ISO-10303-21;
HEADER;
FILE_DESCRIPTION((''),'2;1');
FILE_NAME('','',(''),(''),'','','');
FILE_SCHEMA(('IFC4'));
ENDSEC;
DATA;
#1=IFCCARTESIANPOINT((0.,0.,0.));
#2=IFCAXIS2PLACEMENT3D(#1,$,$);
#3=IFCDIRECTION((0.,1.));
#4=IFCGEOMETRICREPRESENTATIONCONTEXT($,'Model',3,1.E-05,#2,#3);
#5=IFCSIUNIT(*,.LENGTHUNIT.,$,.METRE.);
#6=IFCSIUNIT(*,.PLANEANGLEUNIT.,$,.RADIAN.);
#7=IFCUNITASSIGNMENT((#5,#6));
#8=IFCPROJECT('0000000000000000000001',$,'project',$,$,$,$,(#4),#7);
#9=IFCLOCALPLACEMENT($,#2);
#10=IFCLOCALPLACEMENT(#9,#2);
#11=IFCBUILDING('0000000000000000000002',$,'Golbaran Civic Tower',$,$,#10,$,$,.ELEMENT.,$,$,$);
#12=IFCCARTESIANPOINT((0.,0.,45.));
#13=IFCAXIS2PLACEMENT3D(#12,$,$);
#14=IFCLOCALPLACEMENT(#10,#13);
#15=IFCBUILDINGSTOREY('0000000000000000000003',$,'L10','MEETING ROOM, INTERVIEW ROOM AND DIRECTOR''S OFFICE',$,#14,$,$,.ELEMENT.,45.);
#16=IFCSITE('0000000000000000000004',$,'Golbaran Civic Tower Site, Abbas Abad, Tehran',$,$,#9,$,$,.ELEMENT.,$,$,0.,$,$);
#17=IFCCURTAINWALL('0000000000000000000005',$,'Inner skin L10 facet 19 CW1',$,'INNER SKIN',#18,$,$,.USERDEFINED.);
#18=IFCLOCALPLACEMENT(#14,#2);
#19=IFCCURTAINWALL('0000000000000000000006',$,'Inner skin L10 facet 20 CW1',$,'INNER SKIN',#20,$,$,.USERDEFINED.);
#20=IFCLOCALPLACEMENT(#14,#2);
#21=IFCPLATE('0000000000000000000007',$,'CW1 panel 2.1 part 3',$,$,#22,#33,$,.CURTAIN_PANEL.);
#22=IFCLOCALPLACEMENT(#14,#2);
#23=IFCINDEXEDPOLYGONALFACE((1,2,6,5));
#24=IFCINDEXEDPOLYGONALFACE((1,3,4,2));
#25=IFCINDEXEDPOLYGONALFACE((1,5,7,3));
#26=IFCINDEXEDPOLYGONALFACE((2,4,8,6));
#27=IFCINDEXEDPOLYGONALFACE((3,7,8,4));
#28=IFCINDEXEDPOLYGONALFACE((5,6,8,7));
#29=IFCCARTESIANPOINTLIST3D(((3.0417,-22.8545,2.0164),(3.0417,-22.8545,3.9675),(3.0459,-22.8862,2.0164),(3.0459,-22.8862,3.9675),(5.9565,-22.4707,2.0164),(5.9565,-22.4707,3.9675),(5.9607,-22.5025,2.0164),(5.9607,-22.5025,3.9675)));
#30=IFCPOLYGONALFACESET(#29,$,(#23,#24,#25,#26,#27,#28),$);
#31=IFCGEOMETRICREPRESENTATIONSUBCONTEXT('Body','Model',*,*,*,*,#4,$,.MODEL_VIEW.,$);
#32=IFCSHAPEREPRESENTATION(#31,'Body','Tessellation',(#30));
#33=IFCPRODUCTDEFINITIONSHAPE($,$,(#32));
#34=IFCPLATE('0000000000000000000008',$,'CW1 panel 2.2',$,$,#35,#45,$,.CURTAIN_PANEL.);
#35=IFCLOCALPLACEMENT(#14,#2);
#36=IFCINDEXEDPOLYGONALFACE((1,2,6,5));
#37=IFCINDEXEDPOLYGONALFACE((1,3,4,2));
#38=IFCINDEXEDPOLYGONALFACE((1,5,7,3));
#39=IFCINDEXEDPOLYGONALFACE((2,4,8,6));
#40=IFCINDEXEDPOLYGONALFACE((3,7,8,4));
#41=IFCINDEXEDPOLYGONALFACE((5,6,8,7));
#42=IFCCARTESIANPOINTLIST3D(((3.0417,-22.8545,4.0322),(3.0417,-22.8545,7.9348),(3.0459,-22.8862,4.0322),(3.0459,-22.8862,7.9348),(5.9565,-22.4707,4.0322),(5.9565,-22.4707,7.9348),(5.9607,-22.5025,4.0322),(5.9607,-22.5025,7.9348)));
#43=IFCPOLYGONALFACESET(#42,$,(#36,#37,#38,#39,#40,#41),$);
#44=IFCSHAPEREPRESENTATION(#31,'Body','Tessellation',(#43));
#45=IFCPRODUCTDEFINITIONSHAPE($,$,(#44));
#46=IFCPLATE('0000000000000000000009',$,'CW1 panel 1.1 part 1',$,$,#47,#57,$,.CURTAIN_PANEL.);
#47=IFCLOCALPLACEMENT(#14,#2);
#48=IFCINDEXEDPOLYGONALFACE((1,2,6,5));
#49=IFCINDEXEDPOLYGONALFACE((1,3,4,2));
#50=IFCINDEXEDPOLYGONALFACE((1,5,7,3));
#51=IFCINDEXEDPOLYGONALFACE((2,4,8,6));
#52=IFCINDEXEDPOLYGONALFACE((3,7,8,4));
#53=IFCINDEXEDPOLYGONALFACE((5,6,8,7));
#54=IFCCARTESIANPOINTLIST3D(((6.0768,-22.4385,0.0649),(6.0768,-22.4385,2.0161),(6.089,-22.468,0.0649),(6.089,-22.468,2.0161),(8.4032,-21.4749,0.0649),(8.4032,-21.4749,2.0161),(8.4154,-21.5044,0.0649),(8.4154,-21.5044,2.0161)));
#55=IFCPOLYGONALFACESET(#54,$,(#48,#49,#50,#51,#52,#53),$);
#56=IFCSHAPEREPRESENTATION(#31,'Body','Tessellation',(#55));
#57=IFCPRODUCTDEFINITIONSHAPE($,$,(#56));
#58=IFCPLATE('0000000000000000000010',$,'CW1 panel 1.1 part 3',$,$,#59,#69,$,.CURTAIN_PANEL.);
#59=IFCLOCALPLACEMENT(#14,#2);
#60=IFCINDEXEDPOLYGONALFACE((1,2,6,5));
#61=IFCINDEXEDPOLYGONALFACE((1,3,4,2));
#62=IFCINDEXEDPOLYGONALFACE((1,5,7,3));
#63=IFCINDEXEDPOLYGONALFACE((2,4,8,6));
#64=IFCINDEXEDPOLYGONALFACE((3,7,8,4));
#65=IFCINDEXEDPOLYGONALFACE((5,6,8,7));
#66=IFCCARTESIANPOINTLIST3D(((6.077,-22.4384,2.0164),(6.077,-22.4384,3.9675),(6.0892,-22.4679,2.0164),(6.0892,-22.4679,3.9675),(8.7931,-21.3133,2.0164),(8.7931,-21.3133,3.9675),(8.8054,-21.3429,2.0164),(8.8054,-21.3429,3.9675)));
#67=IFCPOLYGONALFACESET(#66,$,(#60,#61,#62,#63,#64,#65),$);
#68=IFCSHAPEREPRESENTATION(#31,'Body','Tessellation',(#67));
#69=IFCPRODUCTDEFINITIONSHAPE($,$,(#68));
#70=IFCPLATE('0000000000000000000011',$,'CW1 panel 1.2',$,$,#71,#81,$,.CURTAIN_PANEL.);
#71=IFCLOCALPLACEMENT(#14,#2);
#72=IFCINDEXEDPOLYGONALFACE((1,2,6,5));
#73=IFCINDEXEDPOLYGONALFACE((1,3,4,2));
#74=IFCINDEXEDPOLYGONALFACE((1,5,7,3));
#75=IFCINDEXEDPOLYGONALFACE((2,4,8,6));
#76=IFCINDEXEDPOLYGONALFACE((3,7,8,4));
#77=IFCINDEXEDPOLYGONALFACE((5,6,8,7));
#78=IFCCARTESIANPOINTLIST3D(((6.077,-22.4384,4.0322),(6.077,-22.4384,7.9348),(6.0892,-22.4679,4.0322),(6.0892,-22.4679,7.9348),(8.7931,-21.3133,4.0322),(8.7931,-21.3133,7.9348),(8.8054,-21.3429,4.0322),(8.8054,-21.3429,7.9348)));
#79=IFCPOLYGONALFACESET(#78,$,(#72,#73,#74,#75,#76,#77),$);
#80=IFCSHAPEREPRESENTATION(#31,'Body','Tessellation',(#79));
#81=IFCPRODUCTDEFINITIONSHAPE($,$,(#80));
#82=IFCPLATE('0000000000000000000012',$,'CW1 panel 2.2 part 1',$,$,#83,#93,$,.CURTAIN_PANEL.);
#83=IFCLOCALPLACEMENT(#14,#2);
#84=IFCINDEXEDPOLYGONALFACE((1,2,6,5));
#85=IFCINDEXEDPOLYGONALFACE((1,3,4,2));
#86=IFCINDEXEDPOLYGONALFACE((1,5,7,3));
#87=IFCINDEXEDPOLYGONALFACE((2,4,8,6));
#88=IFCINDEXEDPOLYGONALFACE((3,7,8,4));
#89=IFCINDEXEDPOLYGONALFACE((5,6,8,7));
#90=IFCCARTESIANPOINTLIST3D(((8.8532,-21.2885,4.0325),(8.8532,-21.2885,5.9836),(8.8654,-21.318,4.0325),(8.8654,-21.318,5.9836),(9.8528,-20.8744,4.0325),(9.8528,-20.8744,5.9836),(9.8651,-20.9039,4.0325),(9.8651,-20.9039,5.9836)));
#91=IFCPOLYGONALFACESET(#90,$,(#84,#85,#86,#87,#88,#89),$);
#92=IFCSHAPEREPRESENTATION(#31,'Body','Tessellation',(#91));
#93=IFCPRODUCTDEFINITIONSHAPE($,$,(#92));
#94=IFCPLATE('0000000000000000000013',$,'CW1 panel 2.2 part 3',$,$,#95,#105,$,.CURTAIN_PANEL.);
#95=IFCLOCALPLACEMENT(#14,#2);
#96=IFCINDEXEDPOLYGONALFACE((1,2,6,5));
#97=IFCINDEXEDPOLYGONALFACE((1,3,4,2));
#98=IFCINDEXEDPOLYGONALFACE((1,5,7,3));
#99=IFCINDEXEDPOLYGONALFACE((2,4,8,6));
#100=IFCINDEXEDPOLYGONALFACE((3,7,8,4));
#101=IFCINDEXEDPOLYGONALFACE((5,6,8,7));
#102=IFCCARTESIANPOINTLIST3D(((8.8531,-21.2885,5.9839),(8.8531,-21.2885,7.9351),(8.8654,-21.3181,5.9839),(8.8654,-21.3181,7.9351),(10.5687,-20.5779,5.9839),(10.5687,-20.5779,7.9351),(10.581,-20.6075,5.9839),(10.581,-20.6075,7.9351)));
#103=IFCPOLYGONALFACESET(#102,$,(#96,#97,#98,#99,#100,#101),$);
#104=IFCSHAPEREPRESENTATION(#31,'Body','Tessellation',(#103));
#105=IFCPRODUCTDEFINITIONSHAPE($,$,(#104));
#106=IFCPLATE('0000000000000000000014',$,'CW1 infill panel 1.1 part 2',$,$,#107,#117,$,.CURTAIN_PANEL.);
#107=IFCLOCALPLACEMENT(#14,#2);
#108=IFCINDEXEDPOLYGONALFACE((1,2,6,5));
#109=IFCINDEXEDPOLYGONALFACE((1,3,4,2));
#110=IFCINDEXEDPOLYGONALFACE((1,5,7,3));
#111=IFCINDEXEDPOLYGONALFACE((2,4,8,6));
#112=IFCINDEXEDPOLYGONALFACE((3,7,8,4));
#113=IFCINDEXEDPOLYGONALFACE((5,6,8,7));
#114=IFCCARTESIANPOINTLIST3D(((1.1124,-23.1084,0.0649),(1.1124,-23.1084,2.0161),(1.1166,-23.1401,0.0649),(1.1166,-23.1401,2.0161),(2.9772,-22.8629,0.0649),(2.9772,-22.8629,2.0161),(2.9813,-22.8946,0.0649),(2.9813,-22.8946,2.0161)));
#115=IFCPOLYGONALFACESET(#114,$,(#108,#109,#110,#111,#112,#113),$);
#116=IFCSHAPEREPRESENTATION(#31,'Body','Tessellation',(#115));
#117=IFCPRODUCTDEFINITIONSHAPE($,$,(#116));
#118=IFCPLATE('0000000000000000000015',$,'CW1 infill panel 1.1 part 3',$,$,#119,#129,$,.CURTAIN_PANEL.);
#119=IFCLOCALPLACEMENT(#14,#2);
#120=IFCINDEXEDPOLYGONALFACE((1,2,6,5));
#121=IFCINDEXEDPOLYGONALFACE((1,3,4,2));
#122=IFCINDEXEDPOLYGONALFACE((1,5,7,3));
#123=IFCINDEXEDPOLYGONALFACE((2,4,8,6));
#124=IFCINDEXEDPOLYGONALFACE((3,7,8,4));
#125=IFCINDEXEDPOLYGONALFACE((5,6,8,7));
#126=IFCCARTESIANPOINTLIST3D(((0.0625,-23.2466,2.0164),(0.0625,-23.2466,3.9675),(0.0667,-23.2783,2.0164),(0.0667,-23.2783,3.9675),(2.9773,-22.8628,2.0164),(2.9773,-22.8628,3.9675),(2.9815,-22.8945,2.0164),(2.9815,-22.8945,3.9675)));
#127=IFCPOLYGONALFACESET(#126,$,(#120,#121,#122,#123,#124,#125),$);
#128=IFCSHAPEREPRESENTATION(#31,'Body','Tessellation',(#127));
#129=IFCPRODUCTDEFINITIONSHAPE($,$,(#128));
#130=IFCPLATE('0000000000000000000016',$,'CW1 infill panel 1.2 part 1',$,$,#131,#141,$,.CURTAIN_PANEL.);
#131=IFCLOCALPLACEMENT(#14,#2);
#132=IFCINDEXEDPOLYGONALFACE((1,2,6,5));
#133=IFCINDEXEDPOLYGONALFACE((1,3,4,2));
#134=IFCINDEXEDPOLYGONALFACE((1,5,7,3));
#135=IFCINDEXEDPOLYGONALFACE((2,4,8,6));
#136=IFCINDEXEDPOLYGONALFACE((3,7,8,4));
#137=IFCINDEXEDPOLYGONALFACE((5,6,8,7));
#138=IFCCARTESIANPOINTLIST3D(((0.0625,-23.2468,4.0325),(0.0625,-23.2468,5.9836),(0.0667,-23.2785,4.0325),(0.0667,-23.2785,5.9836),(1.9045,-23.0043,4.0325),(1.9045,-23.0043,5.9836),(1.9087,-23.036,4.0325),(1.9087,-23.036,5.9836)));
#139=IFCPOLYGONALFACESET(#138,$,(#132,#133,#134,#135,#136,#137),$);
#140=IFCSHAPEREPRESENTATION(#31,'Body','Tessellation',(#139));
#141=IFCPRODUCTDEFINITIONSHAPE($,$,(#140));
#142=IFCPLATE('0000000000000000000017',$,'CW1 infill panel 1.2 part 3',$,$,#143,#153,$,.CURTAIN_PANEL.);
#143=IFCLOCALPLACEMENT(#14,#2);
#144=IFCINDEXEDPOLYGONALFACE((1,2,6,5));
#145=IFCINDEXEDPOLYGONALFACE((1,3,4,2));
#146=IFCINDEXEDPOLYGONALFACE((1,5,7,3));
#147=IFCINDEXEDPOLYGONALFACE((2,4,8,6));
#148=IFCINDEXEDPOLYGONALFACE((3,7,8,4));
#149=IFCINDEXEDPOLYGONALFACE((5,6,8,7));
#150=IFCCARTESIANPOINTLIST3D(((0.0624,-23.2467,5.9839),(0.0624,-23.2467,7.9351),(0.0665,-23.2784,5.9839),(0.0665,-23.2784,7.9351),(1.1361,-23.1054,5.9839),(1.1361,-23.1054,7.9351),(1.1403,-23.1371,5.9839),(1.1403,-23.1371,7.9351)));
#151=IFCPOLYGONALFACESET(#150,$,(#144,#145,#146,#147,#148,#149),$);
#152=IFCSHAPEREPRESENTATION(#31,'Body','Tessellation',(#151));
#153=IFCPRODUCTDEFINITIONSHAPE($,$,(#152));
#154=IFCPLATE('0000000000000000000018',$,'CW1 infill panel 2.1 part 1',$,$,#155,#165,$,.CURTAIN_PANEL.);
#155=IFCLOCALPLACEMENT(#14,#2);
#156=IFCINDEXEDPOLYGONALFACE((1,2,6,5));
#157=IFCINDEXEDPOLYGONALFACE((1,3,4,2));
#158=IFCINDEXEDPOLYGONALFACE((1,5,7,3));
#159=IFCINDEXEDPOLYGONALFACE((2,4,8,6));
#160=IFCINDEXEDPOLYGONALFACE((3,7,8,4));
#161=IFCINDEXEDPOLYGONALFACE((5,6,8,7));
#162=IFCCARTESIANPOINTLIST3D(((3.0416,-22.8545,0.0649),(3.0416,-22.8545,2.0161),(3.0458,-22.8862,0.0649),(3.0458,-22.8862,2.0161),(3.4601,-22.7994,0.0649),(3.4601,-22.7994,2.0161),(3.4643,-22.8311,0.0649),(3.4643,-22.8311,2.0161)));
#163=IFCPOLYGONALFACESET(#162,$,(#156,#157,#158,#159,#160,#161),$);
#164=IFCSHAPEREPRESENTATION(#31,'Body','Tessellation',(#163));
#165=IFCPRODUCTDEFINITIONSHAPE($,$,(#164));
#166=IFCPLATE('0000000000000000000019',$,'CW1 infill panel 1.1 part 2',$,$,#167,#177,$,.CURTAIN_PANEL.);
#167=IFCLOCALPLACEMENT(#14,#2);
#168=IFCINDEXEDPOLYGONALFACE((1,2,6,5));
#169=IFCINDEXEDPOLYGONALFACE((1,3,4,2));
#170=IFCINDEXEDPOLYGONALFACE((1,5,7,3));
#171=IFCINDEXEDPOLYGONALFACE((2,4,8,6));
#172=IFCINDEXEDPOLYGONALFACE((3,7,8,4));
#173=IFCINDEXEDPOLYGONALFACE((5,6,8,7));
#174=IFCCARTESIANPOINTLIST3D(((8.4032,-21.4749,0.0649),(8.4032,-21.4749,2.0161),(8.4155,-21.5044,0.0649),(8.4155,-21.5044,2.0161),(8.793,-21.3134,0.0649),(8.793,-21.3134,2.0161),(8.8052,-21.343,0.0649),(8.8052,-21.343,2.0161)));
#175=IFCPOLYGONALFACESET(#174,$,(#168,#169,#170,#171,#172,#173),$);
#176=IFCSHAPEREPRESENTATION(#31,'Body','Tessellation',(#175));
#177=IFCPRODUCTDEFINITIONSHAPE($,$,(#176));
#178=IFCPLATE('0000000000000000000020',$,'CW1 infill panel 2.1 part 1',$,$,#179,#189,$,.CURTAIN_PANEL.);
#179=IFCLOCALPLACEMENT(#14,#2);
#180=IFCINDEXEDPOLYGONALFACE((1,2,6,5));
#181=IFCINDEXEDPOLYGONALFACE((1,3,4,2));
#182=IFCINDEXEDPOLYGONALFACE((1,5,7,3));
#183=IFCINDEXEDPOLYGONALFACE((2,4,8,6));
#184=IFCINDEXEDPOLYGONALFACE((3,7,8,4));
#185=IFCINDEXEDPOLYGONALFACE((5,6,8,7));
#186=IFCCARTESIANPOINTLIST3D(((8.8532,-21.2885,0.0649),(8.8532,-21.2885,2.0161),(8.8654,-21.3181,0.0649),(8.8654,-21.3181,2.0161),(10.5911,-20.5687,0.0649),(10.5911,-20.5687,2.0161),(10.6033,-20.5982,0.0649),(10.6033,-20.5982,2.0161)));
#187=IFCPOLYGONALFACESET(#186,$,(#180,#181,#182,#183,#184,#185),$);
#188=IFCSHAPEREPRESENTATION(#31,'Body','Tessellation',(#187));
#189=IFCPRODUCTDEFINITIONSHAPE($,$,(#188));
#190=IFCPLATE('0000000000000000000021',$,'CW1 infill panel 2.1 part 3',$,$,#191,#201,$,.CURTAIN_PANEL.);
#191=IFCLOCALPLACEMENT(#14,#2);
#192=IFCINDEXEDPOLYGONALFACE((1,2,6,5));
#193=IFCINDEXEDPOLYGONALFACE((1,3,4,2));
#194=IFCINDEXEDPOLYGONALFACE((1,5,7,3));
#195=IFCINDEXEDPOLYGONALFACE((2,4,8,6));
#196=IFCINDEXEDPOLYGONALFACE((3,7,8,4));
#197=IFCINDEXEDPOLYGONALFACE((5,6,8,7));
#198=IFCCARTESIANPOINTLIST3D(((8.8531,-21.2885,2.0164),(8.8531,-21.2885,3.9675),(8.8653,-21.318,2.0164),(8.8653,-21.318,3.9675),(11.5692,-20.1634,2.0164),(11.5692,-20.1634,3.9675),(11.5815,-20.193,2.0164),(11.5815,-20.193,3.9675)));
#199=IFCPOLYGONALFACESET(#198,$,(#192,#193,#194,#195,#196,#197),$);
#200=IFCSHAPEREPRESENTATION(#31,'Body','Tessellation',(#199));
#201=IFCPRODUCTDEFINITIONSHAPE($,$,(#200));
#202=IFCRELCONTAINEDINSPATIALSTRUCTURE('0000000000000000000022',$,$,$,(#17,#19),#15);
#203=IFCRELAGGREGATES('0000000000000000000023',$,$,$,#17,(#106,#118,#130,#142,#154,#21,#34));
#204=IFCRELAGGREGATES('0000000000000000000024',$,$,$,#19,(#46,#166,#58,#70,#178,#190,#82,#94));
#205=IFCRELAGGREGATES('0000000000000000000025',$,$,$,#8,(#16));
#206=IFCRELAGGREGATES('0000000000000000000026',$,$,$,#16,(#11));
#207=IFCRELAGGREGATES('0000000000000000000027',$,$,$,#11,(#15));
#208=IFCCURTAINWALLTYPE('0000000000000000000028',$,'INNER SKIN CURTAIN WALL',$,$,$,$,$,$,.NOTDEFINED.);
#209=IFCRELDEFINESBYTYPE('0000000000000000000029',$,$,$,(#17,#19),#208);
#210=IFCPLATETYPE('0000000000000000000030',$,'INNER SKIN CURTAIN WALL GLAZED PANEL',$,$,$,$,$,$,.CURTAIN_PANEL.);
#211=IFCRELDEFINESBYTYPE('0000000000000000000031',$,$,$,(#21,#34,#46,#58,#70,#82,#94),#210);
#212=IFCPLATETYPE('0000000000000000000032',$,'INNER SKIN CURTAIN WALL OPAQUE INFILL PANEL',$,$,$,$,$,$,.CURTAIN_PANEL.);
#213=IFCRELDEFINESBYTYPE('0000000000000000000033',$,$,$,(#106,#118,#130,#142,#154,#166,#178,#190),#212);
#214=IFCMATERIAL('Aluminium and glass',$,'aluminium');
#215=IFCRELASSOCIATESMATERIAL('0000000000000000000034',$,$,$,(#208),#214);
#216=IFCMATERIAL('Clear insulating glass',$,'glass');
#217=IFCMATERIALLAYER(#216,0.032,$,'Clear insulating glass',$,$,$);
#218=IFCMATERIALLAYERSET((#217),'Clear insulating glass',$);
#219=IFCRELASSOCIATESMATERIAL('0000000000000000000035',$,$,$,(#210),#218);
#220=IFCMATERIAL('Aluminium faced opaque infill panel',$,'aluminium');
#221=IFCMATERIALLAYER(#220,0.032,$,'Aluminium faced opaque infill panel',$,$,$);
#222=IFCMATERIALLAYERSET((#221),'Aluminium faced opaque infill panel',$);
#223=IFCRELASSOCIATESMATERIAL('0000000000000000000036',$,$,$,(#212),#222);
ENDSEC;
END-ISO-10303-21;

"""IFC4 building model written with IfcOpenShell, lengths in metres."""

from ifc_helpers import new_model, si_unit, direction, frame, origin, origin_2d, place, context, subcontext, project, spatial, rectangle, extrude, material, layer, layer_set, type_object, element, aggregate, save


model = new_model("IFC4")

# Units and contexts
model_context = context("Model", 3, precision=1e-05, world=origin(), true_north=direction((0.0, 1.0)))
body_context = subcontext(model_context, "Body", "Model", "MODEL_VIEW")
ifc_project = project(units=[si_unit("LENGTHUNIT", "METRE"), si_unit("PLANEANGLEUNIT", "RADIAN")], contexts=[model_context])

# Site, building, storey
site_placement = place(None, origin())
site = spatial("IfcSite", under=ifc_project, at=site_placement, Name="Golbaran Civic Tower Site, Abbas Abad, Tehran", CompositionType="ELEMENT", RefElevation=0.0)
building_placement = place(site_placement, origin())
building = spatial("IfcBuilding", under=site, at=building_placement, Name="Golbaran Civic Tower", CompositionType="ELEMENT")
storey_placement = place(building_placement, frame((0.0, 0.0, 45.0)))
storey = spatial("IfcBuildingStorey", under=building, at=storey_placement, Name="L10", Description="MEETING ROOM, INTERVIEW ROOM AND DIRECTOR'S OFFICE", CompositionType="ELEMENT", Elevation=45.0)

# Curtain walls
ifc_material_1 = material(Name="Aluminium and glass", Category="aluminium")
curtain_wall_type = type_object("IfcCurtainWallType", Name="INNER SKIN CURTAIN WALL", PredefinedType="NOTDEFINED", material=ifc_material_1)
curtain_wall_1_placement = place(storey_placement, origin())
curtain_wall_1 = element("IfcCurtainWall", 1, at=curtain_wall_1_placement, inside=storey, type_object=curtain_wall_type, Name="Inner skin L10 facet 19 CW1", ObjectType="INNER SKIN", PredefinedType="USERDEFINED")
curtain_wall_2_placement = place(storey_placement, origin())
curtain_wall_2 = element("IfcCurtainWall", 2, at=curtain_wall_2_placement, inside=storey, type_object=curtain_wall_type, Name="Inner skin L10 facet 20 CW1", ObjectType="INNER SKIN", PredefinedType="USERDEFINED")

# Plates
ifc_material_2 = material(Name="Clear insulating glass", Category="glass")
ifc_layer_1 = layer(ifc_material_2, 0.032, Name="Clear insulating glass")
ifc_layer_set_1 = layer_set([ifc_layer_1], Name="Clear insulating glass")
plate_type_1 = type_object("IfcPlateType", Name="INNER SKIN CURTAIN WALL GLAZED PANEL", PredefinedType="CURTAIN_PANEL", material=ifc_layer_set_1)
plate_1_placement = place(storey_placement, frame((4.5012, -22.6785, 2.0164), z_axis=(0.0, 0.0, 1.0), x_axis=(0.991445, 0.130526, 0.0)))
plate_1 = element("IfcPlate", 3, at=plate_1_placement, type_object=plate_type_1, Name="CW1 panel 2.1 part 3", PredefinedType="CURTAIN_PANEL", context=body_context, shape_type="SweptSolid", body=[
    extrude(rectangle(XDim=2.9399, YDim=0.032, at=origin_2d()), origin(), (0.0, 0.0, 1.0), 1.9512),
])
plate_2_placement = place(storey_placement, frame((4.5012, -22.6785, 4.0322), z_axis=(0.0, 0.0, 1.0), x_axis=(0.991445, 0.130526, 0.0)))
plate_2 = element("IfcPlate", 4, at=plate_2_placement, type_object=plate_type_1, Name="CW1 panel 2.2", PredefinedType="CURTAIN_PANEL", context=body_context, shape_type="SweptSolid", body=[
    extrude(rectangle(XDim=2.9399, YDim=0.032, at=origin_2d()), origin(), (0.0, 0.0, 1.0), 3.9026),
])
plate_3_placement = place(storey_placement, frame((7.2461, -21.9714, 0.0649), z_axis=(0.0, 0.0, 1.0), x_axis=(0.92388, 0.382683, 0.0)))
plate_3 = element("IfcPlate", 5, at=plate_3_placement, type_object=plate_type_1, Name="CW1 panel 1.1 part 1", PredefinedType="CURTAIN_PANEL", context=body_context, shape_type="SweptSolid", body=[
    extrude(rectangle(XDim=2.5181, YDim=0.032, at=origin_2d()), origin(), (0.0, 0.0, 1.0), 1.9512),
])
plate_4_placement = place(storey_placement, frame((7.4412, -21.8906, 2.0164), z_axis=(0.0, 0.0, 1.0), x_axis=(0.92388, 0.382683, 0.0)))
plate_4 = element("IfcPlate", 6, at=plate_4_placement, type_object=plate_type_1, Name="CW1 panel 1.1 part 3", PredefinedType="CURTAIN_PANEL", context=body_context, shape_type="SweptSolid", body=[
    extrude(rectangle(XDim=2.9399, YDim=0.032, at=origin_2d()), origin(), (0.0, 0.0, 1.0), 1.9512),
])
plate_5_placement = place(storey_placement, frame((7.4412, -21.8906, 4.0322), z_axis=(0.0, 0.0, 1.0), x_axis=(0.92388, 0.382683, 0.0)))
plate_5 = element("IfcPlate", 7, at=plate_5_placement, type_object=plate_type_1, Name="CW1 panel 1.2", PredefinedType="CURTAIN_PANEL", context=body_context, shape_type="SweptSolid", body=[
    extrude(rectangle(XDim=2.9399, YDim=0.032, at=origin_2d()), origin(), (0.0, 0.0, 1.0), 3.9026),
])
plate_6_placement = place(storey_placement, frame((9.3591, -21.0962, 4.0325), z_axis=(0.0, 0.0, 1.0), x_axis=(0.92388, 0.382683, 0.0)))
plate_6 = element("IfcPlate", 8, at=plate_6_placement, type_object=plate_type_1, Name="CW1 panel 2.2 part 1", PredefinedType="CURTAIN_PANEL", context=body_context, shape_type="SweptSolid", body=[
    extrude(rectangle(XDim=1.082, YDim=0.032, at=origin_2d()), origin(), (0.0, 0.0, 1.0), 1.9512),
])
plate_7_placement = place(storey_placement, frame((9.717, -20.948, 5.9839), z_axis=(0.0, 0.0, 1.0), x_axis=(0.92388, 0.382683, 0.0)))
plate_7 = element("IfcPlate", 9, at=plate_7_placement, type_object=plate_type_1, Name="CW1 panel 2.2 part 3", PredefinedType="CURTAIN_PANEL", context=body_context, shape_type="SweptSolid", body=[
    extrude(rectangle(XDim=1.8569, YDim=0.032, at=origin_2d()), origin(), (0.0, 0.0, 1.0), 1.9512),
])
ifc_material_3 = material(Name="Aluminium faced opaque infill panel", Category="aluminium")
ifc_layer_2 = layer(ifc_material_3, 0.032, Name="Aluminium faced opaque infill panel")
ifc_layer_set_2 = layer_set([ifc_layer_2], Name="Aluminium faced opaque infill panel")
plate_type_2 = type_object("IfcPlateType", Name="INNER SKIN CURTAIN WALL OPAQUE INFILL PANEL", PredefinedType="CURTAIN_PANEL", material=ifc_layer_set_2)
plate_8_placement = place(storey_placement, frame((2.0469, -23.0015, 0.0649), z_axis=(0.0, 0.0, 1.0), x_axis=(0.991445, 0.130526, 0.0)))
plate_8 = element("IfcPlate", 10, at=plate_8_placement, type_object=plate_type_2, Name="CW1 infill panel 1.1 part 2", PredefinedType="CURTAIN_PANEL", context=body_context, shape_type="SweptSolid", body=[
    extrude(rectangle(XDim=1.8809, YDim=0.032, at=origin_2d()), origin(), (0.0, 0.0, 1.0), 1.9512),
])
plate_9_placement = place(storey_placement, frame((1.522, -23.0706, 2.0164), z_axis=(0.0, 0.0, 1.0), x_axis=(0.991445, 0.130526, 0.0)))
plate_9 = element("IfcPlate", 11, at=plate_9_placement, type_object=plate_type_2, Name="CW1 infill panel 1.1 part 3", PredefinedType="CURTAIN_PANEL", context=body_context, shape_type="SweptSolid", body=[
    extrude(rectangle(XDim=2.9399, YDim=0.032, at=origin_2d()), origin(), (0.0, 0.0, 1.0), 1.9512),
])
plate_10_placement = place(storey_placement, frame((0.9856, -23.1414, 4.0325), z_axis=(0.0, 0.0, 1.0), x_axis=(0.991445, 0.130526, 0.0)))
plate_10 = element("IfcPlate", 12, at=plate_10_placement, type_object=plate_type_2, Name="CW1 infill panel 1.2 part 1", PredefinedType="CURTAIN_PANEL", context=body_context, shape_type="SweptSolid", body=[
    extrude(rectangle(XDim=1.8579, YDim=0.032, at=origin_2d()), origin(), (0.0, 0.0, 1.0), 1.9512),
])
plate_11_placement = place(storey_placement, frame((0.6013, -23.1919, 5.9839), z_axis=(0.0, 0.0, 1.0), x_axis=(0.991445, 0.130526, 0.0)))
plate_11 = element("IfcPlate", 13, at=plate_11_placement, type_object=plate_type_2, Name="CW1 infill panel 1.2 part 3", PredefinedType="CURTAIN_PANEL", context=body_context, shape_type="SweptSolid", body=[
    extrude(rectangle(XDim=1.083, YDim=0.032, at=origin_2d()), origin(), (0.0, 0.0, 1.0), 1.9512),
])
plate_12_placement = place(storey_placement, frame((3.2529, -22.8428, 0.0649), z_axis=(0.0, 0.0, 1.0), x_axis=(0.991445, 0.130526, 0.0)))
plate_12 = element("IfcPlate", 14, at=plate_12_placement, type_object=plate_type_2, Name="CW1 infill panel 2.1 part 1", PredefinedType="CURTAIN_PANEL", context=body_context, shape_type="SweptSolid", body=[
    extrude(rectangle(XDim=0.4221, YDim=0.032, at=origin_2d()), origin(), (0.0, 0.0, 1.0), 1.9512),
])
aggregate(curtain_wall_1, [plate_8, plate_9, plate_10, plate_11, plate_12, plate_1, plate_2])
plate_13_placement = place(storey_placement, frame((8.6042, -21.4089, 0.0649), z_axis=(0.0, 0.0, 1.0), x_axis=(0.92388, 0.382683, 0.0)))
plate_13 = element("IfcPlate", 15, at=plate_13_placement, type_object=plate_type_2, Name="CW1 infill panel 1.1 part 2", PredefinedType="CURTAIN_PANEL", context=body_context, shape_type="SweptSolid", body=[
    extrude(rectangle(XDim=0.4219, YDim=0.032, at=origin_2d()), origin(), (0.0, 0.0, 1.0), 1.9512),
])
plate_14_placement = place(storey_placement, frame((9.7283, -20.9434, 0.0649), z_axis=(0.0, 0.0, 1.0), x_axis=(0.92388, 0.382683, 0.0)))
plate_14 = element("IfcPlate", 16, at=plate_14_placement, type_object=plate_type_2, Name="CW1 infill panel 2.1 part 1", PredefinedType="CURTAIN_PANEL", context=body_context, shape_type="SweptSolid", body=[
    extrude(rectangle(XDim=1.8811, YDim=0.032, at=origin_2d()), origin(), (0.0, 0.0, 1.0), 1.9512),
])
plate_15_placement = place(storey_placement, frame((10.2173, -20.7407, 2.0164), z_axis=(0.0, 0.0, 1.0), x_axis=(0.92388, 0.382683, 0.0)))
plate_15 = element("IfcPlate", 17, at=plate_15_placement, type_object=plate_type_2, Name="CW1 infill panel 2.1 part 3", PredefinedType="CURTAIN_PANEL", context=body_context, shape_type="SweptSolid", body=[
    extrude(rectangle(XDim=2.9399, YDim=0.032, at=origin_2d()), origin(), (0.0, 0.0, 1.0), 1.9512),
])
aggregate(curtain_wall_2, [plate_3, plate_13, plate_4, plate_5, plate_14, plate_15, plate_6, plate_7])

save(model, "model.ifc")
